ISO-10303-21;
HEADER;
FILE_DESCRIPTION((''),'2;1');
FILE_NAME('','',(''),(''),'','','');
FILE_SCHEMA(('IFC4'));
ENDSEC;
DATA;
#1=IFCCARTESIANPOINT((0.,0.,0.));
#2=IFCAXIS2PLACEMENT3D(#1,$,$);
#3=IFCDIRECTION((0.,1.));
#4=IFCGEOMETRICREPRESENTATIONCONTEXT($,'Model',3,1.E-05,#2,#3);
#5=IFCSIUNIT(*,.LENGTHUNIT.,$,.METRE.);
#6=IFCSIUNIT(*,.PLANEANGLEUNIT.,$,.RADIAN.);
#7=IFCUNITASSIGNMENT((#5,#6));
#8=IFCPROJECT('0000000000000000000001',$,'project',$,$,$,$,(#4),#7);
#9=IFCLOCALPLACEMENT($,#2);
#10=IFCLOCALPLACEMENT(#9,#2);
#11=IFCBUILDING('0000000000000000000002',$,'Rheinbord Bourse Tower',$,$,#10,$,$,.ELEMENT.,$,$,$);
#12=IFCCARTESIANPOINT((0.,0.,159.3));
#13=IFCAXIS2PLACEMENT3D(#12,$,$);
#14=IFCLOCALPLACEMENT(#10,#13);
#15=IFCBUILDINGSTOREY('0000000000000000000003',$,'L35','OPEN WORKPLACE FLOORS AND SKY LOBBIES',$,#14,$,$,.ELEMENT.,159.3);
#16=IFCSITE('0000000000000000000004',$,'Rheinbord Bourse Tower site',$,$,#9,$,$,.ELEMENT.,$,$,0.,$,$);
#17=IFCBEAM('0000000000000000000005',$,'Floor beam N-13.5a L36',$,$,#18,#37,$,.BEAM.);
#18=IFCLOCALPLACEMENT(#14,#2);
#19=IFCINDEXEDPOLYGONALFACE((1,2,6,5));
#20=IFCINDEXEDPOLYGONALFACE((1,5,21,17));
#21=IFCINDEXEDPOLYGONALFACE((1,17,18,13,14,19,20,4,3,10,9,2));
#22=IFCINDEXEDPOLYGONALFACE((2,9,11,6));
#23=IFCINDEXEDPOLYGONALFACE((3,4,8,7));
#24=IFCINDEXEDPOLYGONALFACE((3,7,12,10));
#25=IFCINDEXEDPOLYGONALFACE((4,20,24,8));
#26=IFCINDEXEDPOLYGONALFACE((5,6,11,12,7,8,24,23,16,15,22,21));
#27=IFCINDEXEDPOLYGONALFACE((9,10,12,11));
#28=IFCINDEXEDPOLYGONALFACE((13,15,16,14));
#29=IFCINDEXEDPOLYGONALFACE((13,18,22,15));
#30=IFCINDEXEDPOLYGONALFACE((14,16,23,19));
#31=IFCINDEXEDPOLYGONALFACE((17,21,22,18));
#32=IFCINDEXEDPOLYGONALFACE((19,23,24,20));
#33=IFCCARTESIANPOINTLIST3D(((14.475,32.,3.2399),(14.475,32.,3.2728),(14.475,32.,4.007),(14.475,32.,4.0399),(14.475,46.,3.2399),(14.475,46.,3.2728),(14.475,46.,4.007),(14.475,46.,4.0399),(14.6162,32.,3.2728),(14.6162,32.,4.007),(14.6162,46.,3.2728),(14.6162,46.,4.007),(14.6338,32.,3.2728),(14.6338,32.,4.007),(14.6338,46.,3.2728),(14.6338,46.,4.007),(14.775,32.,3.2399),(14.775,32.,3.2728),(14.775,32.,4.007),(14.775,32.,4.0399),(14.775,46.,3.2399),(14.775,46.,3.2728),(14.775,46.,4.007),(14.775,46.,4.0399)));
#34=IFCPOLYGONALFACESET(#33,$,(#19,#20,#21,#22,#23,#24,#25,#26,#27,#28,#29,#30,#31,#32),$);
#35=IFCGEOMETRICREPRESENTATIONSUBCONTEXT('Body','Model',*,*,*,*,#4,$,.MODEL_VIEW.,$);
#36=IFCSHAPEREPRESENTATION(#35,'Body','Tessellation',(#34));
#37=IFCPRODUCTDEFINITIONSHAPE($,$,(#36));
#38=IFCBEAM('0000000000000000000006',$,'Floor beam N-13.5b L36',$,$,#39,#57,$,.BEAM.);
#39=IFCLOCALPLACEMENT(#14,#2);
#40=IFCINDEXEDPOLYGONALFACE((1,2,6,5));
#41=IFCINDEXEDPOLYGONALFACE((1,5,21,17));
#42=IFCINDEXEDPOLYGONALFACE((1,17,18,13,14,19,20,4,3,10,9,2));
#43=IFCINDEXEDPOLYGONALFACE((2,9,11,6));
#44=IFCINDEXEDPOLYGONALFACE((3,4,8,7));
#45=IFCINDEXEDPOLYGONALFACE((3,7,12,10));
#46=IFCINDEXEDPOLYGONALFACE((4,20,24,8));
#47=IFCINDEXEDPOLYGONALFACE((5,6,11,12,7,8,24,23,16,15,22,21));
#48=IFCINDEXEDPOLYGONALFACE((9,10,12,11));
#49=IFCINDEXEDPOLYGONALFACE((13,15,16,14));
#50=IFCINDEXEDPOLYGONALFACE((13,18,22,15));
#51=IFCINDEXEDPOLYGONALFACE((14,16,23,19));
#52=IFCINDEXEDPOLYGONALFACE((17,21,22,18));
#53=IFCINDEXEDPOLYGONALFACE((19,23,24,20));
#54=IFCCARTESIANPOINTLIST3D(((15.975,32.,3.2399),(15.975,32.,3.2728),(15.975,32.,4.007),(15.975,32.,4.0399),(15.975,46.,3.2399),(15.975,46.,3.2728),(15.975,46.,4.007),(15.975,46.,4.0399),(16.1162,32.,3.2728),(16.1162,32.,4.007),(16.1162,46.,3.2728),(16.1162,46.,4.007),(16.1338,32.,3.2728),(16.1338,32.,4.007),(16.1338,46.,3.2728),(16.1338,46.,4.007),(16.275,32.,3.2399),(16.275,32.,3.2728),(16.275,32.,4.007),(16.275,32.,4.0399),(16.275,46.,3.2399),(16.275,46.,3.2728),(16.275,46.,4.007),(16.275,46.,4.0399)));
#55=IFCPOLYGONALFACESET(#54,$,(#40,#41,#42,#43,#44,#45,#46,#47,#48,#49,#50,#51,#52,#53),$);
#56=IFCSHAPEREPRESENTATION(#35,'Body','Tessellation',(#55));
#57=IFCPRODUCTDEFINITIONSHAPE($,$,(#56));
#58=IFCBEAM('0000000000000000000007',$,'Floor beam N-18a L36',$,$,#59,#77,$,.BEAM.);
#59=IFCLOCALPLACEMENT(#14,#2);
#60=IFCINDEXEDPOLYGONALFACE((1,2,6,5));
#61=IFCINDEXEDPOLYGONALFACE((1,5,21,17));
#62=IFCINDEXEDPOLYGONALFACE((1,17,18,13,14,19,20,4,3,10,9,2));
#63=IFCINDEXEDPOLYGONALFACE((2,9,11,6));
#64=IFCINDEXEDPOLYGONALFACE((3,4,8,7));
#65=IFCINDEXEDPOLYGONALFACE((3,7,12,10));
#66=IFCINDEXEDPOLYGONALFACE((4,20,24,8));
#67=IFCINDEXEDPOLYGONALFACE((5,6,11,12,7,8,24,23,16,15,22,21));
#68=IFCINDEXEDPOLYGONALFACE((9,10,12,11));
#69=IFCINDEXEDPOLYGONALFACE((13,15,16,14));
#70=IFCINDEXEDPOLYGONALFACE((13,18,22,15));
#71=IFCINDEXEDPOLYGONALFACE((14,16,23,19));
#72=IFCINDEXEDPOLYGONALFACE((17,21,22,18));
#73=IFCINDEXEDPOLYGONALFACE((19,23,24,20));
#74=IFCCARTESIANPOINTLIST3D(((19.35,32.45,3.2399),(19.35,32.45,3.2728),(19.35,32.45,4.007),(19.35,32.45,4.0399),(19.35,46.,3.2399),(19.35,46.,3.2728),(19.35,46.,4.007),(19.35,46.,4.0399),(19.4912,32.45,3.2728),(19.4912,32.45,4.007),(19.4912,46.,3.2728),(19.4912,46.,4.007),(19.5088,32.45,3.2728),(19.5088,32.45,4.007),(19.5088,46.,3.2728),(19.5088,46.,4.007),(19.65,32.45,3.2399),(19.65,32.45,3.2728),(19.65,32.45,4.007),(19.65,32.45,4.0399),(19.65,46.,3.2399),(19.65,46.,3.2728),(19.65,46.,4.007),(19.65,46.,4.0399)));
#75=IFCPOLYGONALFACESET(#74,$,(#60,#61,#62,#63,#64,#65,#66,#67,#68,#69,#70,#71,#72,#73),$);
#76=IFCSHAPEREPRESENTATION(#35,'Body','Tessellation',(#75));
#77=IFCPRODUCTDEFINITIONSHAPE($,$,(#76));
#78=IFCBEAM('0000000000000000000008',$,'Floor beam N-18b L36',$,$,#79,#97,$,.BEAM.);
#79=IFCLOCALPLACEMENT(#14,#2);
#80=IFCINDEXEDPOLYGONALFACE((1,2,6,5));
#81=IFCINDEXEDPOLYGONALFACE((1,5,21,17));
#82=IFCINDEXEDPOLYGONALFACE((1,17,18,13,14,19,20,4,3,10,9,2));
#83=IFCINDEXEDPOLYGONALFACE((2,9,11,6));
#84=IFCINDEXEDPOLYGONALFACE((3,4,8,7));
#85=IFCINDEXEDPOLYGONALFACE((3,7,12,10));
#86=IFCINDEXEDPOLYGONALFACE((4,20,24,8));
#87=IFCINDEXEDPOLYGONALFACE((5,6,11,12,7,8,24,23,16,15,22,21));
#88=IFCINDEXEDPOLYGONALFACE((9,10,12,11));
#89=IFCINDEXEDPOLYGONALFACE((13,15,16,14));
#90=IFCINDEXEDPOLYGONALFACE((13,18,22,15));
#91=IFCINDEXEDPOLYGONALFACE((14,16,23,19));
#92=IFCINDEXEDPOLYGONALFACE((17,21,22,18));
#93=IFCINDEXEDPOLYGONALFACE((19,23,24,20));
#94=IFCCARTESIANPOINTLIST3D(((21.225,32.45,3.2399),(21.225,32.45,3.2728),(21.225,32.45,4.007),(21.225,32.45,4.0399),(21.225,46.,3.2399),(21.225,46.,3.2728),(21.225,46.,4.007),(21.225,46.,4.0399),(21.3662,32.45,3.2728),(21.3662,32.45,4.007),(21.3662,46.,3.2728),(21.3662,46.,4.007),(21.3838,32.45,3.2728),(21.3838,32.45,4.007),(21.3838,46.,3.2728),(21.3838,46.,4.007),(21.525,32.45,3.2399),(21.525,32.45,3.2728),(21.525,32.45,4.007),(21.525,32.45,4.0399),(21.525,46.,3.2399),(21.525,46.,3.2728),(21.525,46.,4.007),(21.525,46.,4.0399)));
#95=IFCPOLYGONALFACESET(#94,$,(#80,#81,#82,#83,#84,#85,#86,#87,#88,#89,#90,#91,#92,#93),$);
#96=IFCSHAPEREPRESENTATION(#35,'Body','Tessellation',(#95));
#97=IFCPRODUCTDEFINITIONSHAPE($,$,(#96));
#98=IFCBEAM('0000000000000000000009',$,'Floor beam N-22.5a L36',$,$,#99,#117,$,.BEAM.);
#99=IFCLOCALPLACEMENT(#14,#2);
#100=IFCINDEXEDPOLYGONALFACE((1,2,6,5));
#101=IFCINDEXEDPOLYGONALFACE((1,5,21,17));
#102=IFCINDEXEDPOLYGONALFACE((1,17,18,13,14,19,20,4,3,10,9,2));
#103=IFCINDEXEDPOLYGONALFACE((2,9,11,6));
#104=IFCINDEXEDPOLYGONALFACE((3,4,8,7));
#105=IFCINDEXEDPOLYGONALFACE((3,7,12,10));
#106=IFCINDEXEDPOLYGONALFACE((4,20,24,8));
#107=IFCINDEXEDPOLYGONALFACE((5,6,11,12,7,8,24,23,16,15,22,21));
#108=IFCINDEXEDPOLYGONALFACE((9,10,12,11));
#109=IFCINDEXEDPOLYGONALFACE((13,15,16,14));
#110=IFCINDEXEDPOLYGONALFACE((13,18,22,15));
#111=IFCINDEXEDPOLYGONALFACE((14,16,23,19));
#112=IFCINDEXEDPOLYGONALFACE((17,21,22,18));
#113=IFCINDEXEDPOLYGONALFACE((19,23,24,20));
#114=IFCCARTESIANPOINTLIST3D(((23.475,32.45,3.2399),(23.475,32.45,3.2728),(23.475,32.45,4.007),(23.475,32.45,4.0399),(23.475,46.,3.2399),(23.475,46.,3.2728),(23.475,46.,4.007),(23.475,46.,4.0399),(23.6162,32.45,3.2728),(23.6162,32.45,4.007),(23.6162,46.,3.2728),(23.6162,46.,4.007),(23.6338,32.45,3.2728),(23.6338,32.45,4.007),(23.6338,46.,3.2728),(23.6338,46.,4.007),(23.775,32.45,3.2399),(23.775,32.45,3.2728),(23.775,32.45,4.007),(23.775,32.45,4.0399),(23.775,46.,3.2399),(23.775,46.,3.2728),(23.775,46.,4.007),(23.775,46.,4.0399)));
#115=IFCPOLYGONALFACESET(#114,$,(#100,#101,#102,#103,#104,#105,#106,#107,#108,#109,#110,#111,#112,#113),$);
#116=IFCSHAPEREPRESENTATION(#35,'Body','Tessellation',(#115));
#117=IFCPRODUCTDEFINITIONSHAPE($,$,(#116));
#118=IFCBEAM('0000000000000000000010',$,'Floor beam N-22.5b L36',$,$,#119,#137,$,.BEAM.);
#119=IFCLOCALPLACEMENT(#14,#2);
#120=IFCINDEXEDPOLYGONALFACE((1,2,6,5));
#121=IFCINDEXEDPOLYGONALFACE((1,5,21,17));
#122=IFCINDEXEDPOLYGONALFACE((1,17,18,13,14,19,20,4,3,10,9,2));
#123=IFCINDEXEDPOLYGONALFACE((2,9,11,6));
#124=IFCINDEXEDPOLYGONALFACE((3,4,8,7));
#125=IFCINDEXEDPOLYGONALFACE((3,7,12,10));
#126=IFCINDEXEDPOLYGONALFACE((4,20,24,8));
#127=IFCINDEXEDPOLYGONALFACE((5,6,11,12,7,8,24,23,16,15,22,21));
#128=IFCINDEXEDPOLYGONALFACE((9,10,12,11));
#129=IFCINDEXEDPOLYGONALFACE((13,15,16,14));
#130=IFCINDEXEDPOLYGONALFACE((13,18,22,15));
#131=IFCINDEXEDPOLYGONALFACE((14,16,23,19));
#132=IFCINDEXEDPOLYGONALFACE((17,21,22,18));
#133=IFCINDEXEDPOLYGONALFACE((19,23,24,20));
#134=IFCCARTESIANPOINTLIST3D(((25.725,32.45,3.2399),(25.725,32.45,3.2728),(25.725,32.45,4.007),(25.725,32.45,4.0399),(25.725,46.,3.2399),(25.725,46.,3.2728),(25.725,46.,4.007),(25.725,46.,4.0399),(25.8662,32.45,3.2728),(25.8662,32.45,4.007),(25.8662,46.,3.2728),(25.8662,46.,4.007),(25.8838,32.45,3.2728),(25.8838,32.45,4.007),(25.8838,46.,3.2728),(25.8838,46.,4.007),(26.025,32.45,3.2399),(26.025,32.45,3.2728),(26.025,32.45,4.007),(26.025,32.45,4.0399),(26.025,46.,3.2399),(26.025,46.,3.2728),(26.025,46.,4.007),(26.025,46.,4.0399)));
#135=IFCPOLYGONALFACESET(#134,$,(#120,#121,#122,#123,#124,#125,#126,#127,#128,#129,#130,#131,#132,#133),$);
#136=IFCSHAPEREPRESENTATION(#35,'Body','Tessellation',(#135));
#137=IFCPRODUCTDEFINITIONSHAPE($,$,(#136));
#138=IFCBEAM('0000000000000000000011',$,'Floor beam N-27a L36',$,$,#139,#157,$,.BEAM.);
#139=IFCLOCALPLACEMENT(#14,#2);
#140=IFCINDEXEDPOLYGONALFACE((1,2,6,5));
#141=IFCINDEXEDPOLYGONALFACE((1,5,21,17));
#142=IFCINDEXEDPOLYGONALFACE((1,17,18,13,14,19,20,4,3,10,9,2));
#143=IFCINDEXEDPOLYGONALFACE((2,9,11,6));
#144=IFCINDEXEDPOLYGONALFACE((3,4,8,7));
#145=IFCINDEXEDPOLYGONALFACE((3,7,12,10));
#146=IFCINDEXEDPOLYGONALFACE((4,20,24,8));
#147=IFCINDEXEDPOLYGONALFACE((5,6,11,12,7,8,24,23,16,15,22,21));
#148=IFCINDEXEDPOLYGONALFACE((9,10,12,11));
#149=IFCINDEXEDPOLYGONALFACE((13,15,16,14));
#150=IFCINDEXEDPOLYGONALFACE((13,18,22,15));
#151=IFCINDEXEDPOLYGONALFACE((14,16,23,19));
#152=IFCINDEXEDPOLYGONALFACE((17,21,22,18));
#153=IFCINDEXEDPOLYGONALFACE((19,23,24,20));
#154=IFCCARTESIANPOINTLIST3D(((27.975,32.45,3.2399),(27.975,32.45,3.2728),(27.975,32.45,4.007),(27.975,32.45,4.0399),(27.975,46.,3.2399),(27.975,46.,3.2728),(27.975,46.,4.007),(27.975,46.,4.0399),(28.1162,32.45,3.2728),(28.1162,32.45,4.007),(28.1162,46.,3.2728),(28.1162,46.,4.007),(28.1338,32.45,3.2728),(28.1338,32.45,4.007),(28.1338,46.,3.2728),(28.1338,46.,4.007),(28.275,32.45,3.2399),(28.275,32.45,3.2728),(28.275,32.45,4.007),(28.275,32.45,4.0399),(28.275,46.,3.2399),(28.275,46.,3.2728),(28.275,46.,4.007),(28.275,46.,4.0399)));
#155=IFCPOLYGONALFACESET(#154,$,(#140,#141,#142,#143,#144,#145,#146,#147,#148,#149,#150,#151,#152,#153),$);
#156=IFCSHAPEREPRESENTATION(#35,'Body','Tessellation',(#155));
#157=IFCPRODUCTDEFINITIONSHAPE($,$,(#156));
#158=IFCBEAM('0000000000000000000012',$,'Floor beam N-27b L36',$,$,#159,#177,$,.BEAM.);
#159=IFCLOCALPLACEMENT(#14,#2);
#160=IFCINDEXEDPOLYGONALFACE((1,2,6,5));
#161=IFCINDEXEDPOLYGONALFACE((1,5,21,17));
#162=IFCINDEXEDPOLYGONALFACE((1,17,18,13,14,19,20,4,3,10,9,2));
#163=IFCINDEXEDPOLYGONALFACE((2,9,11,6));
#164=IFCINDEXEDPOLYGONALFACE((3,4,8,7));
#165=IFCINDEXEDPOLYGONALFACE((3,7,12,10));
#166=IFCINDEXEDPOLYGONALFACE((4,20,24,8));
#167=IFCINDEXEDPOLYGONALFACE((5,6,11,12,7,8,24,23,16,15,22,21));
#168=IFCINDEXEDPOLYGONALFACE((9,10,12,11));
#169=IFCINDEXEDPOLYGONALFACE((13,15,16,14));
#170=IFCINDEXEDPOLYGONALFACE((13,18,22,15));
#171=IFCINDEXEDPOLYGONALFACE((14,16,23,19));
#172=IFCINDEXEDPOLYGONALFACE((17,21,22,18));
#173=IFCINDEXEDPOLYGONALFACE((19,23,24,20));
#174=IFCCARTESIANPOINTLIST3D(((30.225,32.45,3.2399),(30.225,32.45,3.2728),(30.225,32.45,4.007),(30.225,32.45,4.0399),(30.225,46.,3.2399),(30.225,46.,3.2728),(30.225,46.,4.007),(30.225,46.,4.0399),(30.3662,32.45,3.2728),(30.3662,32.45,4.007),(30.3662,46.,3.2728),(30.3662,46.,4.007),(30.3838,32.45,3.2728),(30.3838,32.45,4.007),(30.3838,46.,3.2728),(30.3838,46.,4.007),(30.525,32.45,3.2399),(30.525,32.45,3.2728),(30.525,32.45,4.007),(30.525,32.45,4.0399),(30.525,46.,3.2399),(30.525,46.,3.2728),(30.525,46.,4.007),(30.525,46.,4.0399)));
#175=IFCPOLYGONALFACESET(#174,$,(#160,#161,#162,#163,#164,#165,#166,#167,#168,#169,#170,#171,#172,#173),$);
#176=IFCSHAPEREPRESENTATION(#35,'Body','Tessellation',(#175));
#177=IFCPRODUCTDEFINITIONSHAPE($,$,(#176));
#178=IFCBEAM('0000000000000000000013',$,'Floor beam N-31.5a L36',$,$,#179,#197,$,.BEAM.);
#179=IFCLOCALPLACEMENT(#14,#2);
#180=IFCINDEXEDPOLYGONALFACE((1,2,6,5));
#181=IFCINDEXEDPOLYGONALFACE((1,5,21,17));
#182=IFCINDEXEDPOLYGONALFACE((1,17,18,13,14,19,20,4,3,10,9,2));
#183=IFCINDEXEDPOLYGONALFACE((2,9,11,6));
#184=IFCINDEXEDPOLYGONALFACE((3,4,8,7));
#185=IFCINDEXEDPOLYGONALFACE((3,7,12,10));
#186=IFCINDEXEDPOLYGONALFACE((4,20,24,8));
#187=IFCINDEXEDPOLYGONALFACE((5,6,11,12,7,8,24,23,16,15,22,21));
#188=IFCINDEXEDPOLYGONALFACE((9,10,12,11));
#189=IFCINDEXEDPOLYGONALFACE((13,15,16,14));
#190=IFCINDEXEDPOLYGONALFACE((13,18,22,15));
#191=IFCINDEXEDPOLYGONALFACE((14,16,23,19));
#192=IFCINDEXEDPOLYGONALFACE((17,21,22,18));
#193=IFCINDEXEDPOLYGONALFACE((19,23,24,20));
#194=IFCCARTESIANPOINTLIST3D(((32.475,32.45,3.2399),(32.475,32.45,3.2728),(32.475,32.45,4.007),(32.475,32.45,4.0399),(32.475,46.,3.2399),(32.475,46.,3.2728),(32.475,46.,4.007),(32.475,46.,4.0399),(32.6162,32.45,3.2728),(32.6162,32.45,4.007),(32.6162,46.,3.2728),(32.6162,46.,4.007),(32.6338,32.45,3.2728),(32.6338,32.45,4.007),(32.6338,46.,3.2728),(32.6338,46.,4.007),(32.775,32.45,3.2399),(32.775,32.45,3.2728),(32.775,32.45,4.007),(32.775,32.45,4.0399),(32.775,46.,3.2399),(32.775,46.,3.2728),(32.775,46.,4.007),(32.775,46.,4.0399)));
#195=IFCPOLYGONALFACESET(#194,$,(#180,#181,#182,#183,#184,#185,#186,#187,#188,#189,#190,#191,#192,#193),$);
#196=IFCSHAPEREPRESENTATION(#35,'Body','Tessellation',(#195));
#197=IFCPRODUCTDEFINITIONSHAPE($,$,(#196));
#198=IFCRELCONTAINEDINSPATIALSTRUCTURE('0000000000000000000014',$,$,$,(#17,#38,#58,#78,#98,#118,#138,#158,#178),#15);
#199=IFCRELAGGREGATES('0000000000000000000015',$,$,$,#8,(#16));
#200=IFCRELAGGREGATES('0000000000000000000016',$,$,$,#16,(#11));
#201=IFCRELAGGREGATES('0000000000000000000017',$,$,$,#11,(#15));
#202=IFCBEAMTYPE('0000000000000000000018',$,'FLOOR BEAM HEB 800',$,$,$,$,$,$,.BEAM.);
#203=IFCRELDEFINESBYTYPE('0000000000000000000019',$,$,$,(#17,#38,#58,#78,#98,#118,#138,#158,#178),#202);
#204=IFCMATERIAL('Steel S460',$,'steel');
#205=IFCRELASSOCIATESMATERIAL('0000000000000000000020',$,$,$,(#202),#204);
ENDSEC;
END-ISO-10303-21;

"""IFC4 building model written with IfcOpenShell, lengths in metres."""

from ifc_helpers import new_model, si_unit, direction, frame, origin, origin_2d, place, context, subcontext, project, spatial, i_section, extrude, material, material_profile, profile_set, type_object, element, save


model = new_model("IFC4")

# Units and contexts
model_context = context("Model", 3, precision=1e-05, world=origin(), true_north=direction((0.0, 1.0)))
body_context = subcontext(model_context, "Body", "Model", "MODEL_VIEW")
ifc_project = project(units=[si_unit("LENGTHUNIT", "METRE"), si_unit("PLANEANGLEUNIT", "RADIAN")], contexts=[model_context])

# Site, building, storey
site_placement = place(None, origin())
site = spatial("IfcSite", under=ifc_project, at=site_placement, Name="Rheinbord Bourse Tower site", CompositionType="ELEMENT", RefElevation=0.0)
building_placement = place(site_placement, origin())
building = spatial("IfcBuilding", under=site, at=building_placement, Name="Rheinbord Bourse Tower", CompositionType="ELEMENT")
storey_placement = place(building_placement, frame((0.0, 0.0, 159.3)))
storey = spatial("IfcBuildingStorey", under=building, at=storey_placement, Name="L35", Description="OPEN WORKPLACE FLOORS AND SKY LOBBIES", CompositionType="ELEMENT", Elevation=159.3)

# Beams
ifc_material_1 = material(Name="Steel S460", Category="steel")
ifc_material_profile_1 = material_profile(ifc_material_1, i_section(OverallWidth=0.3, OverallDepth=0.8, WebThickness=0.0176, FlangeThickness=0.033, at=origin_2d()), Name="HEB 800")
ifc_profile_set_1 = profile_set([ifc_material_profile_1], Name="Steel S460")
beam_type_1 = type_object("IfcBeamType", Name="FLOOR BEAM HEB 800", PredefinedType="BEAM", material=ifc_profile_set_1)
for number, where, z_axis, x_axis, name in (
    (1, (14.625, 46.0, 3.6399), (0.0, -1.0, 0.0), (1.0, 0.0, 0.0), "Floor beam N-13.5a L36"),
    (2, (16.125, 46.0, 3.6399), (0.0, -1.0, 0.0), (1.0, 0.0, 0.0), "Floor beam N-13.5b L36"),
):
    element("IfcBeam", number, at=place(storey_placement, frame(where, z_axis=z_axis, x_axis=x_axis)), inside=storey, type_object=beam_type_1, Name=name, PredefinedType="BEAM", context=body_context, shape_type="SweptSolid", body=[
        extrude(i_section(OverallWidth=0.3, OverallDepth=0.8, WebThickness=0.0176, FlangeThickness=0.033, at=origin_2d()), origin(), (0.0, 0.0, 1.0), 14.0),
    ])
for number, where, z_axis, x_axis, name in (
    (3, (19.5, 46.0, 3.6399), (0.0, -1.0, 0.0), (1.0, 0.0, 0.0), "Floor beam N-18a L36"),
    (4, (21.375, 46.0, 3.6399), (0.0, -1.0, 0.0), (1.0, 0.0, 0.0), "Floor beam N-18b L36"),
    (5, (23.625, 46.0, 3.6399), (0.0, -1.0, 0.0), (1.0, 0.0, 0.0), "Floor beam N-22.5a L36"),
    (6, (25.875, 46.0, 3.6399), (0.0, -1.0, 0.0), (1.0, 0.0, 0.0), "Floor beam N-22.5b L36"),
    (7, (28.125, 46.0, 3.6399), (0.0, -1.0, 0.0), (1.0, 0.0, 0.0), "Floor beam N-27a L36"),
    (8, (30.375, 46.0, 3.6399), (0.0, -1.0, 0.0), (1.0, 0.0, 0.0), "Floor beam N-27b L36"),
    (9, (32.625, 46.0, 3.6399), (0.0, -1.0, 0.0), (1.0, 0.0, 0.0), "Floor beam N-31.5a L36"),
):
    element("IfcBeam", number, at=place(storey_placement, frame(where, z_axis=z_axis, x_axis=x_axis)), inside=storey, type_object=beam_type_1, Name=name, PredefinedType="BEAM", context=body_context, shape_type="SweptSolid", body=[
        extrude(i_section(OverallWidth=0.3, OverallDepth=0.8, WebThickness=0.0176, FlangeThickness=0.033, at=origin_2d()), origin(), (0.0, 0.0, 1.0), 13.55),
    ])

save(model, "model.ifc")
